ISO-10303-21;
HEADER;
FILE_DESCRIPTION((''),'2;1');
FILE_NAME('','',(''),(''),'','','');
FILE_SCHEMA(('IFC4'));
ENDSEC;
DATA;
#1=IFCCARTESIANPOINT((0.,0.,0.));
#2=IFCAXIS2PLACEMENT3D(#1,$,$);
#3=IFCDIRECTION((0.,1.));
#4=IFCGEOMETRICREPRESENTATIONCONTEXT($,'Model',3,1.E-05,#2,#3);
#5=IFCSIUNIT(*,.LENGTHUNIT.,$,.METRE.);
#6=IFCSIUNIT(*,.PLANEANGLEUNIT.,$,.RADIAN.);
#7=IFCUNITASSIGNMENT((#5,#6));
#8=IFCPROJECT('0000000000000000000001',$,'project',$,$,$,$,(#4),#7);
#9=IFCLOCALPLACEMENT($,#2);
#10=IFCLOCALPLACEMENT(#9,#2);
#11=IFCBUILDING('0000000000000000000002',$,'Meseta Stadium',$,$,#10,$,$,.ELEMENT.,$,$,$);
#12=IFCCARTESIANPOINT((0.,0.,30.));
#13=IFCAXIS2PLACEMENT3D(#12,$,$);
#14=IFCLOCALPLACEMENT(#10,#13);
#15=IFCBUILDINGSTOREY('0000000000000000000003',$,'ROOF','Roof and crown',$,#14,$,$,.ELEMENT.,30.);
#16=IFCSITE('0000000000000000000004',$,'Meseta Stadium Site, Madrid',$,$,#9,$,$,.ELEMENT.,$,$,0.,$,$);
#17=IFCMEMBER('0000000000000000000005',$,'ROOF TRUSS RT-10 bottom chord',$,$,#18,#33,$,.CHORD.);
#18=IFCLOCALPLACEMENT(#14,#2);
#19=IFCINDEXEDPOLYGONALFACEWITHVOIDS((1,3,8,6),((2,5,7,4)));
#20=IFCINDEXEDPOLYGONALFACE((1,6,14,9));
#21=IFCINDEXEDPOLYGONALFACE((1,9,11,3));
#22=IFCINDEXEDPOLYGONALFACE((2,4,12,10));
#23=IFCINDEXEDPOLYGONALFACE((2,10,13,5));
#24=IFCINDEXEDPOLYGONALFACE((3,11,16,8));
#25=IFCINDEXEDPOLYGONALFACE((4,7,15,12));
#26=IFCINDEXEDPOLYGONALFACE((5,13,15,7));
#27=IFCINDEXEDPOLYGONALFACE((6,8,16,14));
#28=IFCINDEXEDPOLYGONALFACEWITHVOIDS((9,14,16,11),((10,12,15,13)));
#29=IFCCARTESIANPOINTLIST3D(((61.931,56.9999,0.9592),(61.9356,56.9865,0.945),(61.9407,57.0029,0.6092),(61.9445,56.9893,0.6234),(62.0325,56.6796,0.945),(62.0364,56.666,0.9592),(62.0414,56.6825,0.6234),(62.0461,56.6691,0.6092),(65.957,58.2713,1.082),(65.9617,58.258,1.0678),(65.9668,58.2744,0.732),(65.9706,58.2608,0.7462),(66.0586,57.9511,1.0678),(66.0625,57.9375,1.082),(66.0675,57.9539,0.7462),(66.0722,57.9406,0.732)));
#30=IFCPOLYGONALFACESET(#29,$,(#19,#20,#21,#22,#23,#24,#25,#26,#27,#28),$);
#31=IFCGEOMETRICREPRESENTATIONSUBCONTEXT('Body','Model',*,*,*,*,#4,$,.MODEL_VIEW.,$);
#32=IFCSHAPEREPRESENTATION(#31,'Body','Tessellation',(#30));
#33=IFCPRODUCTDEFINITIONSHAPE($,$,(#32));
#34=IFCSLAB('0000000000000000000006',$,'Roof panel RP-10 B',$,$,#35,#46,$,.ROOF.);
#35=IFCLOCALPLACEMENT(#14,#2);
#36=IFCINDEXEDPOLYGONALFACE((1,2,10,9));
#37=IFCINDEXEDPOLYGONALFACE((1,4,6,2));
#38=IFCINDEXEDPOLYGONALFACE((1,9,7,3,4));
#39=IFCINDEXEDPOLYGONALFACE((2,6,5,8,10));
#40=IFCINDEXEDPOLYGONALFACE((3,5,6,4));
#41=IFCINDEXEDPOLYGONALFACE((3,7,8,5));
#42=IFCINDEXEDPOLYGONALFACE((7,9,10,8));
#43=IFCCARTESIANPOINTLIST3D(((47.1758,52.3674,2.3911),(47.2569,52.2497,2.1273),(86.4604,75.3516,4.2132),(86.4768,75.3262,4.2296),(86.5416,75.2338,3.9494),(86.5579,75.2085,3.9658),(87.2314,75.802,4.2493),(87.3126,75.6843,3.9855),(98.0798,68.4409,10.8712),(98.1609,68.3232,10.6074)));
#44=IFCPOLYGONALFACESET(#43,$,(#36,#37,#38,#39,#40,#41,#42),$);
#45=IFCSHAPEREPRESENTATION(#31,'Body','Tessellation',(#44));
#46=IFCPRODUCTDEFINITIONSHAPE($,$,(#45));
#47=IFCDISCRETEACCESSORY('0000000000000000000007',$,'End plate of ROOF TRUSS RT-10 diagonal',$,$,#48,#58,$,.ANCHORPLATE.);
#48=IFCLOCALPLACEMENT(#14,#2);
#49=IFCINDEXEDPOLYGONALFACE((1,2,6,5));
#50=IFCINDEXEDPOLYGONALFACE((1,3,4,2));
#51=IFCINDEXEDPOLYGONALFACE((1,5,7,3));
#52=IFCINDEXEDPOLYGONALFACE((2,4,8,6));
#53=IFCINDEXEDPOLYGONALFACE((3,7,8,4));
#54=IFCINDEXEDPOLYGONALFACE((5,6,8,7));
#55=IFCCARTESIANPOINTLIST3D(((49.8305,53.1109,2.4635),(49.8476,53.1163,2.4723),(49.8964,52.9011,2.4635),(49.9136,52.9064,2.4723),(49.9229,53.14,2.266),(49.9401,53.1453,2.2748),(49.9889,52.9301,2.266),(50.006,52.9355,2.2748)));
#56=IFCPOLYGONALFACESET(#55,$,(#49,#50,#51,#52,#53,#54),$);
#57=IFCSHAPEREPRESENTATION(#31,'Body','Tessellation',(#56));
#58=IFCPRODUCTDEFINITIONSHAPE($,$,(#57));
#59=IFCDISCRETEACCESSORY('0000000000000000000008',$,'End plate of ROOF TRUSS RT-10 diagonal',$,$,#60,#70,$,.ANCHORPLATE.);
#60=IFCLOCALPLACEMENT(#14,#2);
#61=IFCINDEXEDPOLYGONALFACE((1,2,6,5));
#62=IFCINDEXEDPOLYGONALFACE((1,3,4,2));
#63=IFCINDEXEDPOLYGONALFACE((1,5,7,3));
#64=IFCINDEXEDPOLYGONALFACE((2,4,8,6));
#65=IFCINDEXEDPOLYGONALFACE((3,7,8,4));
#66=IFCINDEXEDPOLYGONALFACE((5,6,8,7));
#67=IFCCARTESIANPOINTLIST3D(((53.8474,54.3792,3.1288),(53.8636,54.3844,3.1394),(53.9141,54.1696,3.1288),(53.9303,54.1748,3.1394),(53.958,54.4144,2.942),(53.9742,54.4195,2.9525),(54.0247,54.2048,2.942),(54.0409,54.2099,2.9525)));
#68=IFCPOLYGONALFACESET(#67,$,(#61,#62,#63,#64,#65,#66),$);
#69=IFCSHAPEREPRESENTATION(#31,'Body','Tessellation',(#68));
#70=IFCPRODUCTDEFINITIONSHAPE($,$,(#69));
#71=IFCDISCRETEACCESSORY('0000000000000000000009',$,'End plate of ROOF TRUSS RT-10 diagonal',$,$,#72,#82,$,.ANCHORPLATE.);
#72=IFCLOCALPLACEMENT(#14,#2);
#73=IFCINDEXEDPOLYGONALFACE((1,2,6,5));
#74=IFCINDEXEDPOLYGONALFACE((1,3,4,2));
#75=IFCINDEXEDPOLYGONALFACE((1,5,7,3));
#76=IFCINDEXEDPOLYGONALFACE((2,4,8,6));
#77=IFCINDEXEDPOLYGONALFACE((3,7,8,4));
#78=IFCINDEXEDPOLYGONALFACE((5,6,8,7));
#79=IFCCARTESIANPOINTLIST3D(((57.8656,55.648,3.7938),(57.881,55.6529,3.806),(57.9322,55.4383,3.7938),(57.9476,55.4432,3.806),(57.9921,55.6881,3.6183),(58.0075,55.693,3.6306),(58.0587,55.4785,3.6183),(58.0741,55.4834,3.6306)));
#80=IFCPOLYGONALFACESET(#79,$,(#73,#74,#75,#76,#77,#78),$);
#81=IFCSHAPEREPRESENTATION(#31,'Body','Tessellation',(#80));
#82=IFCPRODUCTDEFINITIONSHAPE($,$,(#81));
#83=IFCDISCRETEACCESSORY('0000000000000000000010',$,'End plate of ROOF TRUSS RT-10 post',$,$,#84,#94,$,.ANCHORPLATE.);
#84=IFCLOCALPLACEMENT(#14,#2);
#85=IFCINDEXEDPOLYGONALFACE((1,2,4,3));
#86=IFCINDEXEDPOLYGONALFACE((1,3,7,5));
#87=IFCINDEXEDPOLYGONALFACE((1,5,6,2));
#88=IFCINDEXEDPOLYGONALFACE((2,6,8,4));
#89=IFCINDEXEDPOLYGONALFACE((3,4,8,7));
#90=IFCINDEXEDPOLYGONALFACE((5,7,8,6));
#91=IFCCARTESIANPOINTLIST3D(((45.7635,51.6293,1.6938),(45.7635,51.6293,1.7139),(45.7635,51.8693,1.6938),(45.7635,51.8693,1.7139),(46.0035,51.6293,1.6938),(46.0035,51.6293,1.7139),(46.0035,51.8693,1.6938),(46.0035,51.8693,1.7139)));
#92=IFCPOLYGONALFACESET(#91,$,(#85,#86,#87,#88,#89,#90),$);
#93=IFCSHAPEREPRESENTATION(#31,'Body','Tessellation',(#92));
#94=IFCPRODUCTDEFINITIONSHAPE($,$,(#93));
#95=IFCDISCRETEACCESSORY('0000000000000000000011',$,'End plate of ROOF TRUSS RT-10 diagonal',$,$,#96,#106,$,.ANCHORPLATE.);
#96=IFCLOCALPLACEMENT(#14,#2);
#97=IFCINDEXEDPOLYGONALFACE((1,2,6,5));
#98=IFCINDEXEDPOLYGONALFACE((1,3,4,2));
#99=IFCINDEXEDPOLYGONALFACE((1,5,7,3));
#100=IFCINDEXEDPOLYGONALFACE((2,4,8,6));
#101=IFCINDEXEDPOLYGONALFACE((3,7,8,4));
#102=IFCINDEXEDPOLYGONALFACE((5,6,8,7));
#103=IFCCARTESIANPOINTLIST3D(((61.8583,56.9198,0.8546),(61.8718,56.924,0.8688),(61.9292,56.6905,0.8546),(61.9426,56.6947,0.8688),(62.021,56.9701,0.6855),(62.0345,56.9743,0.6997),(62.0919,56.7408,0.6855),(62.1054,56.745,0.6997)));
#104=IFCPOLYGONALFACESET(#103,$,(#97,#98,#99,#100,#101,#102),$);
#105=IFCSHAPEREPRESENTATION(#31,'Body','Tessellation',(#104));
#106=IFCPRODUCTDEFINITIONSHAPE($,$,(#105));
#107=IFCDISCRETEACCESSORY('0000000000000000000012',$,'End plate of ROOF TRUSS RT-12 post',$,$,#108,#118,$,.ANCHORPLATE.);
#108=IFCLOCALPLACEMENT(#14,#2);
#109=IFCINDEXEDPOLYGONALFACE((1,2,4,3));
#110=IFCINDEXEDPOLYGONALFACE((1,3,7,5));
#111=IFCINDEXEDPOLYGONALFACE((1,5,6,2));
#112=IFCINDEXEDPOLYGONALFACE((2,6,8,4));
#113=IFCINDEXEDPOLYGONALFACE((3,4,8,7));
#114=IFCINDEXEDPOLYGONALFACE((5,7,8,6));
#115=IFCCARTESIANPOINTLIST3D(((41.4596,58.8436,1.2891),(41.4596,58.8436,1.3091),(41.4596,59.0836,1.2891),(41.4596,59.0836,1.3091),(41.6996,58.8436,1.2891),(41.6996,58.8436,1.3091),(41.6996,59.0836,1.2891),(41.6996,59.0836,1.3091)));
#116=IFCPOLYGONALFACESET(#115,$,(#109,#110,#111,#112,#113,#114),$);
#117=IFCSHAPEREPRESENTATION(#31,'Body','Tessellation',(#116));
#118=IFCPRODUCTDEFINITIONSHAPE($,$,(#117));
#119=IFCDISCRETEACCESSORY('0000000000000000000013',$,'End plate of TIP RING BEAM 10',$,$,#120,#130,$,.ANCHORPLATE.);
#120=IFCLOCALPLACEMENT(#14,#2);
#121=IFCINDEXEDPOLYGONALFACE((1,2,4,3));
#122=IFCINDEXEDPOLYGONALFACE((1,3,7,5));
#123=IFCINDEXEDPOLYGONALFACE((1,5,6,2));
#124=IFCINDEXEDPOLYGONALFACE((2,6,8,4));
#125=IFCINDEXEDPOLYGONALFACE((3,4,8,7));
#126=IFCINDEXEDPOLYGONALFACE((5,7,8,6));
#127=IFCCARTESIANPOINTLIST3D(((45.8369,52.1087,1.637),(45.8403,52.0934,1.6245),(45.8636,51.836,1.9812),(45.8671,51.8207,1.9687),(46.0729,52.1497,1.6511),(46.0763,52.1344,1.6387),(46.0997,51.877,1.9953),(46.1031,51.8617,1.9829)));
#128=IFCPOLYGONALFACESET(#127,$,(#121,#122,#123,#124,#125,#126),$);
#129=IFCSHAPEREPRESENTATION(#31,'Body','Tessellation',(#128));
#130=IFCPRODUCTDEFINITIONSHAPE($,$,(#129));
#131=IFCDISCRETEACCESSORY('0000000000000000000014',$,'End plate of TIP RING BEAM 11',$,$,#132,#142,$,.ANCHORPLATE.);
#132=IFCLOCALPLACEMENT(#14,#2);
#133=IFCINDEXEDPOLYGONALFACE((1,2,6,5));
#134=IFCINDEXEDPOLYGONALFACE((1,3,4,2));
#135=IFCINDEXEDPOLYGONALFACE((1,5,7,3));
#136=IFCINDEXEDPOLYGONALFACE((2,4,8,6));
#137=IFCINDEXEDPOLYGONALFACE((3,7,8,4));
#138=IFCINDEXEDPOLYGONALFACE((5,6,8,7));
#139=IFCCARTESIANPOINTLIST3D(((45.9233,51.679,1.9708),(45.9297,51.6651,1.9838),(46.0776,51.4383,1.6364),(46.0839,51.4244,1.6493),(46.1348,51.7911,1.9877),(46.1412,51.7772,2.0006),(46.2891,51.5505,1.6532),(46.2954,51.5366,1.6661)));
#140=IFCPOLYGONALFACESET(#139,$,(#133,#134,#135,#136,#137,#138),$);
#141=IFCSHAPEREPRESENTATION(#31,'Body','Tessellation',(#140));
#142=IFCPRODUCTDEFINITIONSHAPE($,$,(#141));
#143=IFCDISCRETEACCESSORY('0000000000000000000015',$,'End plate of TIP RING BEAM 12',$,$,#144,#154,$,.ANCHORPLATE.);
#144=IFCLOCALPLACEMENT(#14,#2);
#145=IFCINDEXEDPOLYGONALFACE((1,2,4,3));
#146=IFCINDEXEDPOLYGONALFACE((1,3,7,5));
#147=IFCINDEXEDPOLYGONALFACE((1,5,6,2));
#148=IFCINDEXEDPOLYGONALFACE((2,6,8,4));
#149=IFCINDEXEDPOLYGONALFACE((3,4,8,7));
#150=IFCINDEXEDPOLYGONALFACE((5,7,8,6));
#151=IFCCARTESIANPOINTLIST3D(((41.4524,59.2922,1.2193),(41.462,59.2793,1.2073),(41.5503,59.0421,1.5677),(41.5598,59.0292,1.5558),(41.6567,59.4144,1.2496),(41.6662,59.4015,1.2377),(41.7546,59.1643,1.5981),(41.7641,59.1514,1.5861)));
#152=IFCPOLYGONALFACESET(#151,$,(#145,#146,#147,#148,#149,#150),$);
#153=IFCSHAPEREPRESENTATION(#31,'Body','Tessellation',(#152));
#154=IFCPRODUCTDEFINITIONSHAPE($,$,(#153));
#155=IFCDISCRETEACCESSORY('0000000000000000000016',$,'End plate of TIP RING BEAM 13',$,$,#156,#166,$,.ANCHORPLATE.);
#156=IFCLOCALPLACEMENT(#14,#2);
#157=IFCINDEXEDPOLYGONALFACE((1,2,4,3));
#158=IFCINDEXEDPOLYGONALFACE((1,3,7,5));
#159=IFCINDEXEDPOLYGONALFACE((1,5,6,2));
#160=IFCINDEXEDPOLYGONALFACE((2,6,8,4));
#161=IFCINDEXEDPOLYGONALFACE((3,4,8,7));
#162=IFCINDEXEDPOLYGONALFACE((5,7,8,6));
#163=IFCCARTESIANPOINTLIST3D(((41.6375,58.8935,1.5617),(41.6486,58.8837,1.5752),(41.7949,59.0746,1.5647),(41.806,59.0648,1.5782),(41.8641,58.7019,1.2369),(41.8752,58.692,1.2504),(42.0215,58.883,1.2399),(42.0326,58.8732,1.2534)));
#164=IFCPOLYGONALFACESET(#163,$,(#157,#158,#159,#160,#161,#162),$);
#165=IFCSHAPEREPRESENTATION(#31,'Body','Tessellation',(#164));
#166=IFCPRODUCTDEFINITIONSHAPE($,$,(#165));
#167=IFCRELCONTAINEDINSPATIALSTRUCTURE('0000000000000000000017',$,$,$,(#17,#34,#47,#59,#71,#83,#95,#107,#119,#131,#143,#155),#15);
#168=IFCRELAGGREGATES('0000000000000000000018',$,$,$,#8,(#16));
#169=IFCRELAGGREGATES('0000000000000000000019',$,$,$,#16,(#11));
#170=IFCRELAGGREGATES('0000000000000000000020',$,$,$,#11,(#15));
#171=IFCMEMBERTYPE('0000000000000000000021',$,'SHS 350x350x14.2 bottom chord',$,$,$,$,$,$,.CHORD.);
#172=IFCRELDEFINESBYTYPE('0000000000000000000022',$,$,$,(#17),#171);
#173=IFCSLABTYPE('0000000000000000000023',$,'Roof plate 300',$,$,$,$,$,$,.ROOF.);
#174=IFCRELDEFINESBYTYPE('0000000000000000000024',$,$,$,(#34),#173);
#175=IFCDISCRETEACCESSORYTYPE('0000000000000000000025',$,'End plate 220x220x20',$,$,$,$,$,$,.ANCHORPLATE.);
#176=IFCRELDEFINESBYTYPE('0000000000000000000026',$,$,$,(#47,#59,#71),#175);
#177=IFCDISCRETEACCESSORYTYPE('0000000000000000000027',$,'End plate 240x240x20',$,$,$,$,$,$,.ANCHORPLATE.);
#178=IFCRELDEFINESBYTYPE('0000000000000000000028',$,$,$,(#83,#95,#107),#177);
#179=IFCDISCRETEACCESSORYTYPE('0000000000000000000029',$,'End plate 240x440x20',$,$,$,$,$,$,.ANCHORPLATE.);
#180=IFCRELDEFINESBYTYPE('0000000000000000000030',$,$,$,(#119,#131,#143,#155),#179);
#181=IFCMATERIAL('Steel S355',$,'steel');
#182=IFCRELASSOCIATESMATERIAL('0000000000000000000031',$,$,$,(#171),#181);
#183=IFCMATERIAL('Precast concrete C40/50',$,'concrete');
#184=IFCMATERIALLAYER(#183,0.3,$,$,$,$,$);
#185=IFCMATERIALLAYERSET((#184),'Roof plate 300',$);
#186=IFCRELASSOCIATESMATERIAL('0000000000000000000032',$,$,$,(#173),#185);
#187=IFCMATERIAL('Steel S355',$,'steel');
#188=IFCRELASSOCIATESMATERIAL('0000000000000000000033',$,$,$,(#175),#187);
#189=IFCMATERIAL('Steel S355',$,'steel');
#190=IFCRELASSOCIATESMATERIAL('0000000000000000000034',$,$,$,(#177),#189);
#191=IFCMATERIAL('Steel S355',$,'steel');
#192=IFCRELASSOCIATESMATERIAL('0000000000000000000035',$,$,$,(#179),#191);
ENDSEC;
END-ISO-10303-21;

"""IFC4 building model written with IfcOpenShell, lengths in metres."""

from ifc_helpers import new_model, si_unit, direction, frame, origin, origin_2d, place, context, subcontext, project, spatial, polyline, rectangle, hollow_rectangle, outline, extrude, material, layer, layer_set, material_profile, profile_set, type_object, element, save


model = new_model("IFC4")

# Units and contexts
model_context = context("Model", 3, precision=1e-05, world=origin(), true_north=direction((0.0, 1.0)))
body_context = subcontext(model_context, "Body", "Model", "MODEL_VIEW")
ifc_project = project(units=[si_unit("LENGTHUNIT", "METRE"), si_unit("PLANEANGLEUNIT", "RADIAN")], contexts=[model_context])

# Site, building, storey
site_placement = place(None, origin())
site = spatial("IfcSite", under=ifc_project, at=site_placement, Name="Meseta Stadium Site, Madrid", CompositionType="ELEMENT", RefElevation=0.0)
building_placement = place(site_placement, origin())
building = spatial("IfcBuilding", under=site, at=building_placement, Name="Meseta Stadium", CompositionType="ELEMENT")
storey_placement = place(building_placement, frame((0.0, 0.0, 30.0)))
storey = spatial("IfcBuildingStorey", under=building, at=storey_placement, Name="ROOF", Description="Roof and crown", CompositionType="ELEMENT", Elevation=30.0)

# Member
ifc_material_1 = material(Name="Steel S355", Category="steel")
ifc_material_profile_1 = material_profile(ifc_material_1, hollow_rectangle(XDim=0.3501, YDim=0.3501, WallThickness=0.0142, at=origin_2d()), Name="SHS 350x350x14.2")
ifc_profile_set_1 = profile_set([ifc_material_profile_1], Name="Steel S355")
member_type_1 = type_object("IfcMemberType", Name="SHS 350x350x14.2 bottom chord", PredefinedType="CHORD", material=ifc_profile_set_1)
member_1_placement = place(storey_placement, frame((61.9885, 56.8345, 0.7842), z_axis=(0.953174, 0.301021, 0.029073), x_axis=(-0.301148, 0.953577, 0.0)))
element("IfcMember", 1, at=member_1_placement, inside=storey, type_object=member_type_1, Name="ROOF TRUSS RT-10 bottom chord", PredefinedType="CHORD", context=body_context, shape_type="SweptSolid", body=[
    extrude(hollow_rectangle(XDim=0.3501, YDim=0.3501, WallThickness=0.0142, at=origin_2d()), origin(), (0.0, 0.0, 1.0), 4.2239),
])

# Slab
ifc_material_2 = material(Name="Precast concrete C40/50", Category="concrete")
ifc_layer = layer(ifc_material_2, 0.3)
ifc_layer_set = layer_set([ifc_layer], Name="Roof plate 300")
slab_type = type_object("IfcSlabType", Name="Roof plate 300", PredefinedType="ROOF", material=ifc_layer_set)
slab_placement = place(storey_placement, frame((47.1758, 52.3674, 2.3911), z_axis=(-0.270368, 0.392418, 0.879153), x_axis=(0.941781, 0.297378, 0.15689)))
element("IfcSlab", 2, at=slab_placement, inside=storey, type_object=slab_type, Name="Roof panel RP-10 B", PredefinedType="ROOF", context=body_context, shape_type="SweptSolid", body=[
    extrude(outline(polyline([(0.0, 0.0), (54.0508, 0.0), (44.9841, 11.555), (44.1184, 11.3333), (44.1288, 11.3005), (0.0, 0.0)])), origin(), (0.0, 0.0, -1.0), 0.3),
])

# Discrete accessories
ifc_material_3 = material(Name="Steel S355", Category="steel")
ifc_material_profile_2 = material_profile(ifc_material_3, rectangle(XDim=0.22, YDim=0.22, at=origin_2d()), Name="PL 220x220")
ifc_profile_set_2 = profile_set([ifc_material_profile_2], Name="Steel S355")
discrete_accessory_type_1 = type_object("IfcDiscreteAccessoryType", Name="End plate 220x220x20", PredefinedType="ANCHORPLATE", material=ifc_profile_set_2)
for number, where, z_axis, x_axis, name in (
    (3, (49.9097, 53.0205, 2.3647), (0.856465, 0.269175, 0.440468), (-0.299827, 0.953994, 0.0), "End plate of ROOF TRUSS RT-10 diagonal"),
    (4, (53.936, 54.292, 3.0354), (0.809587, 0.257596, 0.527458), (-0.303204, 0.952926, 0.0), "End plate of ROOF TRUSS RT-10 diagonal"),
):
    element("IfcDiscreteAccessory", number, at=place(storey_placement, frame(where, z_axis=z_axis, x_axis=x_axis)), inside=storey, type_object=discrete_accessory_type_1, Name=name, PredefinedType="ANCHORPLATE", context=body_context, shape_type="SweptSolid", body=[
        extrude(rectangle(XDim=0.22, YDim=0.22, at=origin_2d()), origin(), (0.0, 0.0, 1.0), 0.02),
    ])
discrete_accessory_placement = place(storey_placement, frame((57.9622, 55.5632, 3.7061), z_axis=(0.76014, 0.241314, 0.603286), x_axis=(-0.302579, 0.953124, 0.0)))
element("IfcDiscreteAccessory", 5, at=discrete_accessory_placement, inside=storey, type_object=discrete_accessory_type_1, Name="End plate of ROOF TRUSS RT-10 diagonal", PredefinedType="ANCHORPLATE", context=body_context, shape_type="SweptSolid", body=[
    extrude(rectangle(XDim=0.22, YDim=0.22, at=origin_2d()), origin(), (0.0, 0.0, 1.0), 0.0203),
])
ifc_material_4 = material(Name="Steel S355", Category="steel")
ifc_material_profile_3 = material_profile(ifc_material_4, rectangle(XDim=0.24, YDim=0.24, at=origin_2d()), Name="PL 240x240")
ifc_profile_set_3 = profile_set([ifc_material_profile_3], Name="Steel S355")
discrete_accessory_type_2 = type_object("IfcDiscreteAccessoryType", Name="End plate 240x240x20", PredefinedType="ANCHORPLATE", material=ifc_profile_set_3)
for number, where, z_axis, x_axis, name in (
    (6, (45.8835, 51.7493, 1.6938), (0.0, 0.0, 1.0), (1.0, 0.0, 0.0), "End plate of ROOF TRUSS RT-10 post"),
    (7, (61.9751, 56.8303, 0.77), (0.673038, 0.20803, 0.709749), (-0.295306, 0.955403, 0.0), "End plate of ROOF TRUSS RT-10 diagonal"),
    (8, (41.5796, 58.9636, 1.2891), (0.0, 0.0, 1.0), (1.0, 0.0, 0.0), "End plate of ROOF TRUSS RT-12 post"),
):
    element("IfcDiscreteAccessory", number, at=place(storey_placement, frame(where, z_axis=z_axis, x_axis=x_axis)), inside=storey, type_object=discrete_accessory_type_2, Name=name, PredefinedType="ANCHORPLATE", context=body_context, shape_type="SweptSolid", body=[
        extrude(rectangle(XDim=0.24, YDim=0.24, at=origin_2d()), origin(), (0.0, 0.0, 1.0), 0.02),
    ])
ifc_material_5 = material(Name="Steel S355", Category="steel")
ifc_material_profile_4 = material_profile(ifc_material_5, rectangle(XDim=0.24, YDim=0.4399, at=origin_2d()), Name="PL 240x440")
ifc_profile_set_4 = profile_set([ifc_material_profile_4], Name="Steel S355")
discrete_accessory_type_3 = type_object("IfcDiscreteAccessoryType", Name="End plate 240x440x20", PredefinedType="ANCHORPLATE", material=ifc_profile_set_4)
for number, where, z_axis, x_axis, name in (
    (9, (45.9717, 51.9775, 1.8037), (-0.170201, 0.765904, 0.620018), (-0.983527, -0.170905, -0.058869), "End plate of TIP RING BEAM 10"),
    (10, (46.1125, 51.6008, 1.825), (-0.316838, 0.694606, -0.645861), (-0.881322, -0.467273, -0.070192), "End plate of TIP RING BEAM 11"),
    (11, (41.613, 59.2153, 1.3967), (-0.475362, 0.646005, 0.59725), (-0.851185, -0.509394, -0.126497), "End plate of TIP RING BEAM 12"),
    (12, (41.8406, 58.8784, 1.4143), (-0.551825, 0.490511, -0.674453), (-0.655892, -0.754755, -0.012273), "End plate of TIP RING BEAM 13"),
):
    element("IfcDiscreteAccessory", number, at=place(storey_placement, frame(where, z_axis=z_axis, x_axis=x_axis)), inside=storey, type_object=discrete_accessory_type_3, Name=name, PredefinedType="ANCHORPLATE", context=body_context, shape_type="SweptSolid", body=[
        extrude(rectangle(XDim=0.24, YDim=0.4399, at=origin_2d()), origin(), (0.0, 0.0, 1.0), 0.02),
    ])

save(model, "model.ifc")
